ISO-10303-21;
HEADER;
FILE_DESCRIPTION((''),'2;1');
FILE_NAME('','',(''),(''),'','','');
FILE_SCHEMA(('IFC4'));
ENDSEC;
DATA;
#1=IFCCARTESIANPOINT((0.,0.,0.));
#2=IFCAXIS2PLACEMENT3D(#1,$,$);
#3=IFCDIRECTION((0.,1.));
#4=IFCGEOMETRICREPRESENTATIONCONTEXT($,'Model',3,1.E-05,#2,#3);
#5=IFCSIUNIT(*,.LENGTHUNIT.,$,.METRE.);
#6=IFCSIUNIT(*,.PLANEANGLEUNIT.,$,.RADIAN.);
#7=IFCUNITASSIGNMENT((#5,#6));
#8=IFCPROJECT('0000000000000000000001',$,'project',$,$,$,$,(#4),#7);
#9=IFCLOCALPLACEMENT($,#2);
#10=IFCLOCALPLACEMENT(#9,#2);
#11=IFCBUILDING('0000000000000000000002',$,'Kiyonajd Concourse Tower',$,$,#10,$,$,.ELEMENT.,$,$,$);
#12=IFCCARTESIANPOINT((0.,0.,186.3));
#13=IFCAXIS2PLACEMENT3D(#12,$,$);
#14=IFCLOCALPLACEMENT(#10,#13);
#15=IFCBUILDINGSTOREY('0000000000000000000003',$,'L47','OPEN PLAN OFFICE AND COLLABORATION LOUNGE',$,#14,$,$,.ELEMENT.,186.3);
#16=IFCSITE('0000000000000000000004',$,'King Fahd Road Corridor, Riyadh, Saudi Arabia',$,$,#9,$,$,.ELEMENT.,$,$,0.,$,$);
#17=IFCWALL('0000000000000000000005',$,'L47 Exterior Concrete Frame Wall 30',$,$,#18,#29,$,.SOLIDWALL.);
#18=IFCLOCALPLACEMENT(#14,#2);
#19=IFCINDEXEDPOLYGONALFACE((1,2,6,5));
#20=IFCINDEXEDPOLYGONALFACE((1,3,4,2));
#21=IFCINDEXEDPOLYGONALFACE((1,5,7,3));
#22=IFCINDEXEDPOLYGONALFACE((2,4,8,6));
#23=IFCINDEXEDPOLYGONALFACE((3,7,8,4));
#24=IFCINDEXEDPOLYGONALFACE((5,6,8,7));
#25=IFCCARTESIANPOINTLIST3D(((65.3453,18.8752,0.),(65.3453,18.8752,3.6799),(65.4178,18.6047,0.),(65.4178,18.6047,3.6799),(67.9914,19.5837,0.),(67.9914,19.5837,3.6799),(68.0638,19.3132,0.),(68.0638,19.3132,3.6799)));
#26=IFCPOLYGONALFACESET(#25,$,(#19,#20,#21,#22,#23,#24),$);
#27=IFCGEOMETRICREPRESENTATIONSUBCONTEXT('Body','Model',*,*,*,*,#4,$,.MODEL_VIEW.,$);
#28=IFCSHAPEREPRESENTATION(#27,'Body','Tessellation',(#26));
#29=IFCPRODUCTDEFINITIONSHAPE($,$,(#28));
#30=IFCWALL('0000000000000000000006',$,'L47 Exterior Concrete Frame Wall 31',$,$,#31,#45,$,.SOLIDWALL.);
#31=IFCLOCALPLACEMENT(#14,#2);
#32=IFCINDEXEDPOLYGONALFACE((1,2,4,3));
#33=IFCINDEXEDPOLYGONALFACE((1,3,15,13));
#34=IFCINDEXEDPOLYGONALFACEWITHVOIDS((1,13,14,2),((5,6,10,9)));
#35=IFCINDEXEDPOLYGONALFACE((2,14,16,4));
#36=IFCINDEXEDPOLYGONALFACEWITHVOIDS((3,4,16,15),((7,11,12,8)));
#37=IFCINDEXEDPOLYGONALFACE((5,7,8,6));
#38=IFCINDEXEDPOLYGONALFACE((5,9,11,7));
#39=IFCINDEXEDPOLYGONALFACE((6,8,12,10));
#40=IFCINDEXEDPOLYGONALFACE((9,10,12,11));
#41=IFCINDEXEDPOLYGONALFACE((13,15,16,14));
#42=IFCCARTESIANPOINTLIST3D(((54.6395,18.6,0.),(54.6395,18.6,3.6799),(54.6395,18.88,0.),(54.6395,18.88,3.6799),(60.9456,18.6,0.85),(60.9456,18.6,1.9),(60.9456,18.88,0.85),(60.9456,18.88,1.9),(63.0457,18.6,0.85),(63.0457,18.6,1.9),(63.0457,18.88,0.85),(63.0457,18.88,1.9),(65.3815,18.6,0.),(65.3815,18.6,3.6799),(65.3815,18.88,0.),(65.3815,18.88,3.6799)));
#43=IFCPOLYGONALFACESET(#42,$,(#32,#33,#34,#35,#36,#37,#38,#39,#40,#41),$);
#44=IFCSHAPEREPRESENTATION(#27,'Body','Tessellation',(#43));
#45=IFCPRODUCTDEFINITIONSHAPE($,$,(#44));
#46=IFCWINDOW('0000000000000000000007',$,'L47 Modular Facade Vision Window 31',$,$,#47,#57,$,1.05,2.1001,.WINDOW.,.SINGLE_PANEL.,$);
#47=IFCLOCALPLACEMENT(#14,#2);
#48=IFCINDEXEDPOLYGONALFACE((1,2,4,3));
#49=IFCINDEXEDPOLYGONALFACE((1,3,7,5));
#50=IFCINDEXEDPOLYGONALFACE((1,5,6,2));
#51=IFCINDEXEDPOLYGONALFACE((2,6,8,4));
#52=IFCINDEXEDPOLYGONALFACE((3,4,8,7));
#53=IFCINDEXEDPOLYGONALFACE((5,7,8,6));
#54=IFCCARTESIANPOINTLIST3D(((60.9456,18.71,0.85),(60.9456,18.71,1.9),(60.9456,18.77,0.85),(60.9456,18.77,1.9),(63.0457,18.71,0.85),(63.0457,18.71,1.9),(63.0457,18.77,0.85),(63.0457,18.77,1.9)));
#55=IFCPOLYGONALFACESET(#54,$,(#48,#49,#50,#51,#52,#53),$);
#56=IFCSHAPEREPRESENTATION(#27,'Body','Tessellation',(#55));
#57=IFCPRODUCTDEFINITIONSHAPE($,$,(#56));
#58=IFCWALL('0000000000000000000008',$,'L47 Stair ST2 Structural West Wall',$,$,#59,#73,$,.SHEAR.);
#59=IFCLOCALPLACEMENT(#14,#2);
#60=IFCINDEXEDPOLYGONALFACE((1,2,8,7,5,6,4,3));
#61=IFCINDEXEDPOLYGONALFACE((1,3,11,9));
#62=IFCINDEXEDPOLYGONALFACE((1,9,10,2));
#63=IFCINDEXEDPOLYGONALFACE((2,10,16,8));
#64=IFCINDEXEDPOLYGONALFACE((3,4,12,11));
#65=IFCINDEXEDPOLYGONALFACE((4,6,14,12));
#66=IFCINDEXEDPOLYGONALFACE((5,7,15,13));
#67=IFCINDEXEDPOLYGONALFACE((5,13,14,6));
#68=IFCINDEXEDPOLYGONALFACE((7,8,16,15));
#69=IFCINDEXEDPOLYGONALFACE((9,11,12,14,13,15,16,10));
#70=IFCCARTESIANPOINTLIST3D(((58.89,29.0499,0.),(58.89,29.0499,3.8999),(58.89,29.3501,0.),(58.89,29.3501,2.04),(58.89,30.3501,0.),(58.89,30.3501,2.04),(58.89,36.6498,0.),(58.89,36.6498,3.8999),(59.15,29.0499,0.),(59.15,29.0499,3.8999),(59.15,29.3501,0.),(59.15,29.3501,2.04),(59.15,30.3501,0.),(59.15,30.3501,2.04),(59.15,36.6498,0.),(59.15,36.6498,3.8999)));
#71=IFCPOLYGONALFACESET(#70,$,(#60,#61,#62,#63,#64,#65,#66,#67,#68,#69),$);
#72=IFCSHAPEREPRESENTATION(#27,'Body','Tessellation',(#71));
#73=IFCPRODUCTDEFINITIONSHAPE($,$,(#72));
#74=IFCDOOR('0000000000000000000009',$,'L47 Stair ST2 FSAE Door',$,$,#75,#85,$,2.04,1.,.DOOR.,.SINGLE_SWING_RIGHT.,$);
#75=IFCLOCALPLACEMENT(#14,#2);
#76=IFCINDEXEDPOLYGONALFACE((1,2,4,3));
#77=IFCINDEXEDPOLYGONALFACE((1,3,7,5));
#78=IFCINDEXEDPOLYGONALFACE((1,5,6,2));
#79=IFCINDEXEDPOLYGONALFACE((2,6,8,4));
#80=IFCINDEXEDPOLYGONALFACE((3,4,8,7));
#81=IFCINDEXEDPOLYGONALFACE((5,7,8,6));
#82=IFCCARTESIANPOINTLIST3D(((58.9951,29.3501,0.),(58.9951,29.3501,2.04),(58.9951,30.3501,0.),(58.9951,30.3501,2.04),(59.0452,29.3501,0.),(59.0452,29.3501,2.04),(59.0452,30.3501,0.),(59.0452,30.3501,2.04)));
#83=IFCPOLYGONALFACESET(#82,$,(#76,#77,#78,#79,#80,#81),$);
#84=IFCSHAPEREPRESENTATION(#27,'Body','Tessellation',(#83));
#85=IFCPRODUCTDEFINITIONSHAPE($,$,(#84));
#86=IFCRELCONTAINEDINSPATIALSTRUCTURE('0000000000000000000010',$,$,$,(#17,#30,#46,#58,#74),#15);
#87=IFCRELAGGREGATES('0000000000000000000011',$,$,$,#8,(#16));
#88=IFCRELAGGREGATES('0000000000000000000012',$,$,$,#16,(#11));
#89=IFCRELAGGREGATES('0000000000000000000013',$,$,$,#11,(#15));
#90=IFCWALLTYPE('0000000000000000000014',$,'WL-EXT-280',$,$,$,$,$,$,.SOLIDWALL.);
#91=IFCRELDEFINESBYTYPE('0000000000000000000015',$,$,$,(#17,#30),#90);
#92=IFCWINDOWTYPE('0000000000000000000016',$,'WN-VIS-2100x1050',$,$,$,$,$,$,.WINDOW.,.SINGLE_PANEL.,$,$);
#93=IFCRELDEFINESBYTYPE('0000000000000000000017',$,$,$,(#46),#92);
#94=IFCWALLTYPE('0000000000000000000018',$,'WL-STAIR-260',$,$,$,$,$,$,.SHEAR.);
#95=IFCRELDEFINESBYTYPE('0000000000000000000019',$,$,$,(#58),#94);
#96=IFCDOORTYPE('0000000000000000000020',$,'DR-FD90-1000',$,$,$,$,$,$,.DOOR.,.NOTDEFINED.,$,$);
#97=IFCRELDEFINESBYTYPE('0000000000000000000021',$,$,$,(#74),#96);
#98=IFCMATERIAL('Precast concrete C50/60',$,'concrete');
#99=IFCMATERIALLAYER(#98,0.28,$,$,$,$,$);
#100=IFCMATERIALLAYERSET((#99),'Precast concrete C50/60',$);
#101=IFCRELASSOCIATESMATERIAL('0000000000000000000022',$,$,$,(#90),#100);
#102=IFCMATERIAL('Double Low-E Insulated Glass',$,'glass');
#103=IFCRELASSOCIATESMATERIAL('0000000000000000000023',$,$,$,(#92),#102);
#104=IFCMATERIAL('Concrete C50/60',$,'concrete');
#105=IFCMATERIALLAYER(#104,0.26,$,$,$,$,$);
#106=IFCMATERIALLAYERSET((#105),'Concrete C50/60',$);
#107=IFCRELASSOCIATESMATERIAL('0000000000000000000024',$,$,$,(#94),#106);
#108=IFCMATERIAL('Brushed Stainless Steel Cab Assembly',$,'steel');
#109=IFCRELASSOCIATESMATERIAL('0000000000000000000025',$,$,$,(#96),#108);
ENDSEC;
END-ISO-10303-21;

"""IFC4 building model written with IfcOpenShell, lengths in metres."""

from ifc_helpers import new_model, si_unit, direction, frame, frame_2d, origin, place, context, subcontext, project, spatial, rectangle, extrude, material, layer, layer_set, type_object, element, fill, save


model = new_model("IFC4")

# Units and contexts
model_context = context("Model", 3, precision=1e-05, world=origin(), true_north=direction((0.0, 1.0)))
body_context = subcontext(model_context, "Body", "Model", "MODEL_VIEW")
ifc_project = project(units=[si_unit("LENGTHUNIT", "METRE"), si_unit("PLANEANGLEUNIT", "RADIAN")], contexts=[model_context])

# Site, building, storey
site_placement = place(None, origin())
site = spatial("IfcSite", under=ifc_project, at=site_placement, Name="King Fahd Road Corridor, Riyadh, Saudi Arabia", CompositionType="ELEMENT", RefElevation=0.0)
building_placement = place(site_placement, origin())
building = spatial("IfcBuilding", under=site, at=building_placement, Name="Kiyonajd Concourse Tower", CompositionType="ELEMENT")
storey_placement = place(building_placement, frame((0.0, 0.0, 186.3)))
storey = spatial("IfcBuildingStorey", under=building, at=storey_placement, Name="L47", Description="OPEN PLAN OFFICE AND COLLABORATION LOUNGE", CompositionType="ELEMENT", Elevation=186.3)

# Shared definitions
ifc_material_1 = material(Name="Double Low-E Insulated Glass", Category="glass")

# Wall
ifc_material_2 = material(Name="Precast concrete C50/60", Category="concrete")
ifc_layer_1 = layer(ifc_material_2, 0.28)
ifc_layer_set_1 = layer_set([ifc_layer_1], Name="Precast concrete C50/60")
wall_type_1 = type_object("IfcWallType", Name="WL-EXT-280", PredefinedType="SOLIDWALL", material=ifc_layer_set_1)
wall_1_placement = place(storey_placement, frame((68.0276, 19.4485, 0.0), z_axis=(0.0, 0.0, 1.0), x_axis=(-0.965971, -0.25865, 0.0)))
element("IfcWall", 1, at=wall_1_placement, inside=storey, type_object=wall_type_1, Name="L47 Exterior Concrete Frame Wall 30", PredefinedType="SOLIDWALL", context=body_context, shape_type="SweptSolid", body=[
    extrude(rectangle(XDim=2.7393, YDim=0.28, at=frame_2d((1.3696, 0.0))), origin(), (0.0, 0.0, 1.0), 3.6799),
])

# Wall, opening, window
wall_2_placement = place(storey_placement, frame((65.3816, 18.74, 0.0), z_axis=(0.0, 0.0, 1.0), x_axis=(-1.0, 0.0, 0.0)))
wall_2 = element("IfcWall", 2, at=wall_2_placement, inside=storey, type_object=wall_type_1, Name="L47 Exterior Concrete Frame Wall 31", PredefinedType="SOLIDWALL", context=body_context, shape_type="SweptSolid", body=[
    extrude(rectangle(XDim=10.7419, YDim=0.28, at=frame_2d((5.3711, 0.0))), origin(), (0.0, 0.0, 1.0), 3.6799),
])
opening_1_placement = place(wall_2_placement, frame((2.3359, 0.0, 0.8501)))
opening_1 = element("IfcOpeningElement", 3, at=opening_1_placement, cuts=wall_2, PredefinedType="OPENING", context=body_context, shape_type="SweptSolid", body=[
    extrude(rectangle(XDim=2.1001, YDim=1.05, at=frame_2d((1.05, 0.5249))), frame((0.0, 0.1499, 0.0), z_axis=(0.0, -1.0, 0.0), x_axis=(1.0, 0.0, 0.0)), (0.0, 0.0, 1.0), 0.3),
])
window_type = type_object("IfcWindowType", Name="WN-VIS-2100x1050", PartitioningType="SINGLE_PANEL", PredefinedType="WINDOW", material=ifc_material_1)
window_placement = place(opening_1_placement, origin())
window = element("IfcWindow", 4, at=window_placement, inside=storey, type_object=window_type, Name="L47 Modular Facade Vision Window 31", OverallHeight=1.05, OverallWidth=2.1001, PartitioningType="SINGLE_PANEL", PredefinedType="WINDOW", context=body_context, shape_type="SweptSolid", body=[
    extrude(rectangle(XDim=2.1001, YDim=1.05, at=frame_2d((1.05, 0.5249))), frame((0.0, 0.03, 0.0), z_axis=(0.0, -1.0, 0.0), x_axis=(1.0, 0.0, 0.0)), (0.0, 0.0, 1.0), 0.0601),
])
fill(opening_1, window)

# Wall, opening, door
ifc_material_3 = material(Name="Concrete C50/60", Category="concrete")
ifc_layer_2 = layer(ifc_material_3, 0.26)
ifc_layer_set_2 = layer_set([ifc_layer_2], Name="Concrete C50/60")
wall_type_2 = type_object("IfcWallType", Name="WL-STAIR-260", PredefinedType="SHEAR", material=ifc_layer_set_2)
wall_3_placement = place(storey_placement, frame((59.02, 29.05, 0.0), z_axis=(0.0, 0.0, 1.0), x_axis=(0.0, 1.0, 0.0)))
wall_3 = element("IfcWall", 5, at=wall_3_placement, inside=storey, type_object=wall_type_2, Name="L47 Stair ST2 Structural West Wall", PredefinedType="SHEAR", context=body_context, shape_type="SweptSolid", body=[
    extrude(rectangle(XDim=7.5999, YDim=0.26, at=frame_2d((3.7998, 0.0))), origin(), (0.0, 0.0, 1.0), 3.8999),
])
opening_2_placement = place(wall_3_placement, frame((0.3, 0.0, 0.0)))
opening_2 = element("IfcOpeningElement", 6, at=opening_2_placement, cuts=wall_3, PredefinedType="OPENING", context=body_context, shape_type="SweptSolid", body=[
    extrude(rectangle(XDim=1.0, YDim=2.04, at=frame_2d((0.5, 1.02))), frame((0.0, 0.1399, 0.0), z_axis=(0.0, -1.0, 0.0), x_axis=(1.0, 0.0, 0.0)), (0.0, 0.0, 1.0), 0.28),
])
ifc_material_4 = material(Name="Brushed Stainless Steel Cab Assembly", Category="steel")
door_type = type_object("IfcDoorType", Name="DR-FD90-1000", OperationType="NOTDEFINED", PredefinedType="DOOR", material=ifc_material_4)
door_placement = place(opening_2_placement, origin())
door = element("IfcDoor", 7, at=door_placement, inside=storey, type_object=door_type, Name="L47 Stair ST2 FSAE Door", OperationType="SINGLE_SWING_RIGHT", OverallHeight=2.04, OverallWidth=1.0, PredefinedType="DOOR", context=body_context, shape_type="SweptSolid", body=[
    extrude(rectangle(XDim=1.0, YDim=2.04, at=frame_2d((0.5, 1.02))), frame((0.0, 0.0249, 0.0), z_axis=(0.0, -1.0, 0.0), x_axis=(1.0, 0.0, 0.0)), (0.0, 0.0, 1.0), 0.05),
])
fill(opening_2, door)

save(model, "model.ifc")
